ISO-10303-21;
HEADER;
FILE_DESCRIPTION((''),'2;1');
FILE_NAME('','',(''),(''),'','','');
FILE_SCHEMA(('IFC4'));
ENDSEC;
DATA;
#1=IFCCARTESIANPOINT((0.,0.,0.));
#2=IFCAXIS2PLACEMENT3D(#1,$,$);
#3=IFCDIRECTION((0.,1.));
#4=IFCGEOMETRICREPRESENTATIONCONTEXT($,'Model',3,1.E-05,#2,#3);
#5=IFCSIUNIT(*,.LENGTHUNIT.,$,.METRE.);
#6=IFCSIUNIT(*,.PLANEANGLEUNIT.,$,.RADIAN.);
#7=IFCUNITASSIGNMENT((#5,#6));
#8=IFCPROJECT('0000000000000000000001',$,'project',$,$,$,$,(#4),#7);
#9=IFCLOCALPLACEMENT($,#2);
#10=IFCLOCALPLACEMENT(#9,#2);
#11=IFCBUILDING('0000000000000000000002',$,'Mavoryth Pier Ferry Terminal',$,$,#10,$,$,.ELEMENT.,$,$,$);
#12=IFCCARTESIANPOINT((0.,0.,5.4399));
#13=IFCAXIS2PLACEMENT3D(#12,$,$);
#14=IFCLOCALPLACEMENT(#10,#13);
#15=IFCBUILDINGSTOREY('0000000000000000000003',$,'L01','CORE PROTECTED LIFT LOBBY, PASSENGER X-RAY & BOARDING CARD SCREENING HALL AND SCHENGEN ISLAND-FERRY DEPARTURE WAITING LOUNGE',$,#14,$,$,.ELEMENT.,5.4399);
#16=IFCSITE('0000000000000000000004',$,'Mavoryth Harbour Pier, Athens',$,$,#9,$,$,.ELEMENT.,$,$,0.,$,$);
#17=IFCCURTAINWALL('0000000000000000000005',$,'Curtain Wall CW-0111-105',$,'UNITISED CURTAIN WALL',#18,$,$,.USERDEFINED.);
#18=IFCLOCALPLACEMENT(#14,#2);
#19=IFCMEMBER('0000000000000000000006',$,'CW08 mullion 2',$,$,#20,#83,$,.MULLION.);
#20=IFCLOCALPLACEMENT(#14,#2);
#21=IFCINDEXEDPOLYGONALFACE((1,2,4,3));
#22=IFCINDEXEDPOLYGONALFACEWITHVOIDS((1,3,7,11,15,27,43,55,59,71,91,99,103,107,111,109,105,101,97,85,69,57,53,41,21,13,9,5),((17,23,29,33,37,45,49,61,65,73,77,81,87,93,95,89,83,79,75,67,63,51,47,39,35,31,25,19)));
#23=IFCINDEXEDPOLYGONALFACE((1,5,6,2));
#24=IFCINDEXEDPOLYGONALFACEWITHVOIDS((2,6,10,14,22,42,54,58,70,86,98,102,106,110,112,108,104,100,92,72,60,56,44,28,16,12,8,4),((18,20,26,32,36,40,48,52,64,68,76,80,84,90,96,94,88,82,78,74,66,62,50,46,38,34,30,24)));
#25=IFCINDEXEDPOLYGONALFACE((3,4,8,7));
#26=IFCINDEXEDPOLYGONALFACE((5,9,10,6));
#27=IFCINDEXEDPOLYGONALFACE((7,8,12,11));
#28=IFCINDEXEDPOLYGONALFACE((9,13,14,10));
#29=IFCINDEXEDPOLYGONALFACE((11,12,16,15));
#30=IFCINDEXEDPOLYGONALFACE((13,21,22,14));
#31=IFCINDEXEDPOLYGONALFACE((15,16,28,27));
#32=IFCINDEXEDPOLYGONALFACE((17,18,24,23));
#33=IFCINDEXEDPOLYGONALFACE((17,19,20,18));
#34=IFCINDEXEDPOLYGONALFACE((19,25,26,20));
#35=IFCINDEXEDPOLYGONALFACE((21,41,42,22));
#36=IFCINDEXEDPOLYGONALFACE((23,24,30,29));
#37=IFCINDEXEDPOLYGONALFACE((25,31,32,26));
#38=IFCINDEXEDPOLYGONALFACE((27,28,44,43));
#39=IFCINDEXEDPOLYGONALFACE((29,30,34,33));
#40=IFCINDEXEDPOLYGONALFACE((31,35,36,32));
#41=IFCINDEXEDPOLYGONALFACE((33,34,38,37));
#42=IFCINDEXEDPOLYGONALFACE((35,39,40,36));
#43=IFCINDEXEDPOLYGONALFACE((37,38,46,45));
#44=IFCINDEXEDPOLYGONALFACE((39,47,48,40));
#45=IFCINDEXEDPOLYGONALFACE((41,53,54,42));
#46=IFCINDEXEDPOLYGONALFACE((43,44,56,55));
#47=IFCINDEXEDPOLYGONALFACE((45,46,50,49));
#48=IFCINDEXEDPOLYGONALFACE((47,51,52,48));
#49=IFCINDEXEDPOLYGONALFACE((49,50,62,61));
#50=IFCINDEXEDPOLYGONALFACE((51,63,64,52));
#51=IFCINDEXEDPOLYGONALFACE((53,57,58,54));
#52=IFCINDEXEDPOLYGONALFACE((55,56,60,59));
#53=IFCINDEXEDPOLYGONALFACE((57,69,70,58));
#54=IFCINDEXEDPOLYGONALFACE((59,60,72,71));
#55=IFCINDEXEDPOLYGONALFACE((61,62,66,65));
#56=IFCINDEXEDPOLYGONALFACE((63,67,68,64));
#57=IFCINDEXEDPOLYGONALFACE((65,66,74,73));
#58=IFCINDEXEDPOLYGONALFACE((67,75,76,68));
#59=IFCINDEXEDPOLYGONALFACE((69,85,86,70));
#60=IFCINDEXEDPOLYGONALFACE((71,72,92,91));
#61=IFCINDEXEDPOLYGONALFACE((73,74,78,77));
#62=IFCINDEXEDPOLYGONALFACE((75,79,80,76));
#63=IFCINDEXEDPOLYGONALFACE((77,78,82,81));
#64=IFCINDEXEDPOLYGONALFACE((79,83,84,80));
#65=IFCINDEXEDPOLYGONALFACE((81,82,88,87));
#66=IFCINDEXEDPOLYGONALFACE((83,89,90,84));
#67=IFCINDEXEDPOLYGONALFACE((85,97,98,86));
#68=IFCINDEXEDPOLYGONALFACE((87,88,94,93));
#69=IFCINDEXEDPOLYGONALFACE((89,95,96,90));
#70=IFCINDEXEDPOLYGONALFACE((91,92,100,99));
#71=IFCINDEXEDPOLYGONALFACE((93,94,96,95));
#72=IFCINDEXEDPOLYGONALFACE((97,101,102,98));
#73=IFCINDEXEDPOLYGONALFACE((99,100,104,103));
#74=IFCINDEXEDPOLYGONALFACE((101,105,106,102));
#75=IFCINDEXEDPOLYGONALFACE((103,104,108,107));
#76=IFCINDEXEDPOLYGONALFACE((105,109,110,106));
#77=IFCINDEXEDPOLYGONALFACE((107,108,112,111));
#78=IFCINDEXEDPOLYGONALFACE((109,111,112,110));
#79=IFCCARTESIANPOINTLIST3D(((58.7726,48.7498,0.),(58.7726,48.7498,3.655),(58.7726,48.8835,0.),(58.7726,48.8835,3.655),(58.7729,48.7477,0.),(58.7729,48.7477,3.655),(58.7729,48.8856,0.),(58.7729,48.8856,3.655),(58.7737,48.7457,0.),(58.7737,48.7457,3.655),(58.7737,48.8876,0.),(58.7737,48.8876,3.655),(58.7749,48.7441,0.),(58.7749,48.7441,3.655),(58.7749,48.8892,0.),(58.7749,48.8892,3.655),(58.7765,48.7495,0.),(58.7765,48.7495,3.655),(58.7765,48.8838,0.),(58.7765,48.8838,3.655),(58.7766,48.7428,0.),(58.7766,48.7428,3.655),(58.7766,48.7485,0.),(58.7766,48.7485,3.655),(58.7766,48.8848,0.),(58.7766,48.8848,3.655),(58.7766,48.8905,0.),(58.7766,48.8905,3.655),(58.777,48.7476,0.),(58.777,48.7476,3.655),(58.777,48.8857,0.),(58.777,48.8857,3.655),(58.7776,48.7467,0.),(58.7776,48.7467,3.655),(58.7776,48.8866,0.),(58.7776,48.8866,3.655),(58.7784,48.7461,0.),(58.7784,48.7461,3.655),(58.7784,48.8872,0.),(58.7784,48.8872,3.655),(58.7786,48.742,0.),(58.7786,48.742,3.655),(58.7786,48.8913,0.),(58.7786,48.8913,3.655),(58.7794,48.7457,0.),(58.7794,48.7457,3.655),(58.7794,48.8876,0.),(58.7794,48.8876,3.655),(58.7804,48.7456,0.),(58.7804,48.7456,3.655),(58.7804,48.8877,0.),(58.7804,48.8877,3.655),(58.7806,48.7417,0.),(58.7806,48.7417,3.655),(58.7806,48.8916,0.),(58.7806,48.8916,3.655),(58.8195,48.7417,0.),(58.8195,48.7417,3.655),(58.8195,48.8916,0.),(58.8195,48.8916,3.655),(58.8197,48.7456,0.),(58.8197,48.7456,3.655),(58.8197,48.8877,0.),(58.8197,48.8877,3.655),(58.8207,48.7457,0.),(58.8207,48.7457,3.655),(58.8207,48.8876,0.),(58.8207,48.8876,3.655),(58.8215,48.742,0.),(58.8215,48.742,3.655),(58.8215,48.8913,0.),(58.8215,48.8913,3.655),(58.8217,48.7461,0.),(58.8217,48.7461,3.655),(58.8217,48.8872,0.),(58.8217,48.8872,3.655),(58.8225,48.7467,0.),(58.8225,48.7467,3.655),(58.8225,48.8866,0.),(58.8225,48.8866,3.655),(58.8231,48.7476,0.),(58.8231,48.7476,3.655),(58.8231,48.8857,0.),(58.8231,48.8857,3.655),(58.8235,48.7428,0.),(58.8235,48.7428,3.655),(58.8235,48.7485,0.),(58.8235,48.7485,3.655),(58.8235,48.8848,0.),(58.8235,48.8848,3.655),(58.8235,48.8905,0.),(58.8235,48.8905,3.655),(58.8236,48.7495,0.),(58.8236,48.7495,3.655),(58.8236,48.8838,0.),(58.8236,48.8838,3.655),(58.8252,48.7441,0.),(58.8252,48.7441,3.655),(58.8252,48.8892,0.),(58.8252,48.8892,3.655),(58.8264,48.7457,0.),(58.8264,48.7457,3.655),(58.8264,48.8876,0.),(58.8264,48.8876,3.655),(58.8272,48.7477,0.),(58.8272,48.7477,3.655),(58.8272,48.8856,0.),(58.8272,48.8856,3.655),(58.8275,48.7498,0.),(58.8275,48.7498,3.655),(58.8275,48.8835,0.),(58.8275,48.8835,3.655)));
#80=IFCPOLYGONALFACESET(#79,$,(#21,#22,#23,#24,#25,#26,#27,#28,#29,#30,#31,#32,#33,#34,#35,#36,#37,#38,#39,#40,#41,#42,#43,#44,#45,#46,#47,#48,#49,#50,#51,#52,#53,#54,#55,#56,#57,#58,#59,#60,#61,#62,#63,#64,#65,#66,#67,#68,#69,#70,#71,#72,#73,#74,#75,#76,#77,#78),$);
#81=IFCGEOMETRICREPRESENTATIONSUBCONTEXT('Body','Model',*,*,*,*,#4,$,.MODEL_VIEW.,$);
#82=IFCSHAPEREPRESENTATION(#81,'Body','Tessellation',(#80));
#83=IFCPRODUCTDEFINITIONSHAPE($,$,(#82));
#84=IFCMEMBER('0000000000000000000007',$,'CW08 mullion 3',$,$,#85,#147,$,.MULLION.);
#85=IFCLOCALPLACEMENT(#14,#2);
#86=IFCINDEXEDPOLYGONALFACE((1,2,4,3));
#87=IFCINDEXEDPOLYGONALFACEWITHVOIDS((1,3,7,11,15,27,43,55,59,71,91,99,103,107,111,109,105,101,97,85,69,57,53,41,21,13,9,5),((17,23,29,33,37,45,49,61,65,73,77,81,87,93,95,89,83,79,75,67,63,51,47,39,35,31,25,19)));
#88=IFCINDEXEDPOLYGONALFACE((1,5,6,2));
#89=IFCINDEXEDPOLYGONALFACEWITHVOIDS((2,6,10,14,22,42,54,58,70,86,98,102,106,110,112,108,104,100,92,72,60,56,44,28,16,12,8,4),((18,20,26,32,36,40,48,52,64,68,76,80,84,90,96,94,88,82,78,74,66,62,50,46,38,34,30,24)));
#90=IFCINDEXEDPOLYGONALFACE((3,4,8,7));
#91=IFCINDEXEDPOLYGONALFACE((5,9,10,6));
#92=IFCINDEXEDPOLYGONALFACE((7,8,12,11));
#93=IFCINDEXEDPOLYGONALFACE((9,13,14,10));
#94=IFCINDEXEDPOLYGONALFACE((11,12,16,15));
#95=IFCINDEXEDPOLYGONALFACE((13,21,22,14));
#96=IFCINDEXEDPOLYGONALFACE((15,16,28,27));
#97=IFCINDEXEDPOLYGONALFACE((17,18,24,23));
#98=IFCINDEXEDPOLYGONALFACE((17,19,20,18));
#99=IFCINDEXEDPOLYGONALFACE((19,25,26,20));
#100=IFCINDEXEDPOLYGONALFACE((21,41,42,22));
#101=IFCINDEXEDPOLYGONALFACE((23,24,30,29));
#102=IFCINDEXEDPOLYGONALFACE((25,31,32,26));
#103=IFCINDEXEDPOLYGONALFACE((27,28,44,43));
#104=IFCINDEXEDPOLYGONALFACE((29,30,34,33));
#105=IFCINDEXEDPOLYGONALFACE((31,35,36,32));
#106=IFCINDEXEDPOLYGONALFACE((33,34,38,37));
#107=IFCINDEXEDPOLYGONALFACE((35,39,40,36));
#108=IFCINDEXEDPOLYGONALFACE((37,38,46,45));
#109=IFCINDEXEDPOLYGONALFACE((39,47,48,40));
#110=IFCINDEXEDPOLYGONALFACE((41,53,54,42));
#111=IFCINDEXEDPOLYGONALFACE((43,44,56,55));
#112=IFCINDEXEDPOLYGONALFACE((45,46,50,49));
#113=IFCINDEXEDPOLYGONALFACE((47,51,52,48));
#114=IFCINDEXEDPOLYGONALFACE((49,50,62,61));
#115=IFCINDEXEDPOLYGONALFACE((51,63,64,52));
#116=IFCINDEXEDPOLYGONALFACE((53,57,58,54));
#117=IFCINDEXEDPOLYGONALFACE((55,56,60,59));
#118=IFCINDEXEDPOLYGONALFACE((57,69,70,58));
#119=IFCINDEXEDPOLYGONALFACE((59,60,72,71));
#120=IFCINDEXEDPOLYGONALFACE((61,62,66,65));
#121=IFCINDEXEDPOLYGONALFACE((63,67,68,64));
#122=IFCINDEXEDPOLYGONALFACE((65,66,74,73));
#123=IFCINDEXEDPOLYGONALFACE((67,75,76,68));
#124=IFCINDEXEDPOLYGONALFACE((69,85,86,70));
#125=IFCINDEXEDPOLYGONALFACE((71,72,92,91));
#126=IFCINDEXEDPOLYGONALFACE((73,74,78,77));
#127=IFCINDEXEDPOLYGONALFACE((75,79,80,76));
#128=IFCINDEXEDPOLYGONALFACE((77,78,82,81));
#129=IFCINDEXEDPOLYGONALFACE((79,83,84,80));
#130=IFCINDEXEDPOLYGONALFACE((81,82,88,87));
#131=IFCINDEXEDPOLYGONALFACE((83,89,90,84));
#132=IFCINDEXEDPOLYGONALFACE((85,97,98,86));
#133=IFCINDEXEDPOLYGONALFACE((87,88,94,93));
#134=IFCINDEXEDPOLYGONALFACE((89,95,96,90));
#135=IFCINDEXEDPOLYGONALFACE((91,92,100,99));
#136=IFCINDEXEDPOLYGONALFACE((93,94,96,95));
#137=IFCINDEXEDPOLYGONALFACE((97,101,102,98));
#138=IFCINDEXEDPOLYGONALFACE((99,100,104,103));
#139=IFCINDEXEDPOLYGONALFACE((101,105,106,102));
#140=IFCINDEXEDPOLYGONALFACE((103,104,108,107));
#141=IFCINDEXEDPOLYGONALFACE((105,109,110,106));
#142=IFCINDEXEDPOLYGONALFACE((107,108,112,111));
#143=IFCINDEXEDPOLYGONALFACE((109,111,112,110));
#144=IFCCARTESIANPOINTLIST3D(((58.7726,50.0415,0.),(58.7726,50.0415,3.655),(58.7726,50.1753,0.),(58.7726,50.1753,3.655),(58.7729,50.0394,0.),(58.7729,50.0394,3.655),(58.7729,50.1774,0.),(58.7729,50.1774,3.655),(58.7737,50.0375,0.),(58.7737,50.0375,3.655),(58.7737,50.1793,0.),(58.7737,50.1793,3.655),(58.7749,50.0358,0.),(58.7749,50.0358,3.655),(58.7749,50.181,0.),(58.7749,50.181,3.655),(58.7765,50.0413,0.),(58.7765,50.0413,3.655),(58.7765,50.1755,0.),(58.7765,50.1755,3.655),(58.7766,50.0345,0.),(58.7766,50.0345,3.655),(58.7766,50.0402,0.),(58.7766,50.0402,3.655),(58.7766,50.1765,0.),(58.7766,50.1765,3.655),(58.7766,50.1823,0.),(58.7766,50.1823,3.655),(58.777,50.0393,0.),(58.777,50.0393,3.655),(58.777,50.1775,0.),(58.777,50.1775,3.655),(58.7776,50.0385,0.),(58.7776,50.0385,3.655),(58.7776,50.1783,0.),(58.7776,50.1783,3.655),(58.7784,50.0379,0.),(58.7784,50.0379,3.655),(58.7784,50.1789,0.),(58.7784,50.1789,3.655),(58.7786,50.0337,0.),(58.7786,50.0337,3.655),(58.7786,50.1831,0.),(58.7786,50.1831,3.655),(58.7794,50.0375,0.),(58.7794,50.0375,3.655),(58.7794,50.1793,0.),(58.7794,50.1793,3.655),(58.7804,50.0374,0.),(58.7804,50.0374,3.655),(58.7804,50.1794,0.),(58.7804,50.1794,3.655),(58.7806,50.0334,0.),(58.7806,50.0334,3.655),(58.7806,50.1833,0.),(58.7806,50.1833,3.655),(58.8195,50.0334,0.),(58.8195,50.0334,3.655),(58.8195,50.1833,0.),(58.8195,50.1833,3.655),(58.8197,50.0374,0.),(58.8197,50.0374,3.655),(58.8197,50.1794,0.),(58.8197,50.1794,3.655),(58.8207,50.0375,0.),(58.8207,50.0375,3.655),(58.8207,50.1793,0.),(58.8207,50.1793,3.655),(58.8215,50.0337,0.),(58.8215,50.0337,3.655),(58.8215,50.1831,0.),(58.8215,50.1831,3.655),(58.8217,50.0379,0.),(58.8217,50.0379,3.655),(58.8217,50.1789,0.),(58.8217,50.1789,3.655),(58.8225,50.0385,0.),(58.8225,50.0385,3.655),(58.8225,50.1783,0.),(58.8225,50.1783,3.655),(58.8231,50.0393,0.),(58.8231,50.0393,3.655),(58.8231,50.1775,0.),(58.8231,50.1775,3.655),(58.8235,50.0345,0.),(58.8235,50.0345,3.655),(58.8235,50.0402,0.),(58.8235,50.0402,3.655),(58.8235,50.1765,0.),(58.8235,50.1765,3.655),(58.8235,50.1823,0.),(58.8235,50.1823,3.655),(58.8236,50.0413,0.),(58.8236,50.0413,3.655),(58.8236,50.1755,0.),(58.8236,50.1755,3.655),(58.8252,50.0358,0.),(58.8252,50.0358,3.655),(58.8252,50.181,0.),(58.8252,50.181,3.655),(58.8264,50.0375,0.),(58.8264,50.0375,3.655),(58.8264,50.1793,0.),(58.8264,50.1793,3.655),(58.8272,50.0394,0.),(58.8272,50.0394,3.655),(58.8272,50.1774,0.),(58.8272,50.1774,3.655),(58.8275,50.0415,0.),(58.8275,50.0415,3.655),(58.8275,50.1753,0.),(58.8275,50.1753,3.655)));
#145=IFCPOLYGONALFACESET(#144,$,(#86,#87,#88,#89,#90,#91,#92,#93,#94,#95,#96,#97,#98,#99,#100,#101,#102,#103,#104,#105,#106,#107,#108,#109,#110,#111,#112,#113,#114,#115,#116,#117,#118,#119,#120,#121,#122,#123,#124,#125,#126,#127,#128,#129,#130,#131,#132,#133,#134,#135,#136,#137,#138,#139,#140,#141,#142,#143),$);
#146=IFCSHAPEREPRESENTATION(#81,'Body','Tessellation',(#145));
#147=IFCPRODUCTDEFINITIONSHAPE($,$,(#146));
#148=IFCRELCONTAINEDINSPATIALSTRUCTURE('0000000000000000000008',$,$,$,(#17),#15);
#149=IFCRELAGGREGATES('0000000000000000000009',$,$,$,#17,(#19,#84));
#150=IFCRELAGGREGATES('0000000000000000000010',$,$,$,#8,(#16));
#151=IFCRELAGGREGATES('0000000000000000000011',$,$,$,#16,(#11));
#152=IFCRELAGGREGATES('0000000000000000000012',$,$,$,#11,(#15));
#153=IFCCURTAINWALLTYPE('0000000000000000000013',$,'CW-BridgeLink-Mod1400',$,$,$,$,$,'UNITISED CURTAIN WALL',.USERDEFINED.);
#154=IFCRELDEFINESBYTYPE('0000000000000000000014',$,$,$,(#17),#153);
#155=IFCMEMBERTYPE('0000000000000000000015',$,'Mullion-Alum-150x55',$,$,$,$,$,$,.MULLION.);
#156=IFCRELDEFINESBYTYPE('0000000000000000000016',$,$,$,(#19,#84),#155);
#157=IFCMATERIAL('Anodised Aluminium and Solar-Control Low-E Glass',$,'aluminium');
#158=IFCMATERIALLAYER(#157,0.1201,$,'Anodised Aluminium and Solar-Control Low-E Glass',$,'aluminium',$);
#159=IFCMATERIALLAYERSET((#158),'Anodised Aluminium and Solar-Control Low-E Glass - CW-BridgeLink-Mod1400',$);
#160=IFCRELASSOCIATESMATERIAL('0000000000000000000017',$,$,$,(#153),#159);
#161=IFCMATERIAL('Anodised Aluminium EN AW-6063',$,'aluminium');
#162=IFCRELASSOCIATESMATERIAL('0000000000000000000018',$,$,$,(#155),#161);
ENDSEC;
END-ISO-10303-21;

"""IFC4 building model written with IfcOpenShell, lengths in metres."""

from ifc_helpers import new_model, si_unit, direction, frame, origin, origin_2d, place, context, subcontext, project, spatial, hollow_rectangle, extrude, material, layer, layer_set, material_profile, profile_set, type_object, element, aggregate, save


model = new_model("IFC4")

# Units and contexts
model_context = context("Model", 3, precision=1e-05, world=origin(), true_north=direction((0.0, 1.0)))
body_context = subcontext(model_context, "Body", "Model", "MODEL_VIEW")
ifc_project = project(units=[si_unit("LENGTHUNIT", "METRE"), si_unit("PLANEANGLEUNIT", "RADIAN")], contexts=[model_context])

# Site, building, storey
site_placement = place(None, origin())
site = spatial("IfcSite", under=ifc_project, at=site_placement, Name="Mavoryth Harbour Pier, Athens", CompositionType="ELEMENT", RefElevation=0.0)
building_placement = place(site_placement, origin())
building = spatial("IfcBuilding", under=site, at=building_placement, Name="Mavoryth Pier Ferry Terminal", CompositionType="ELEMENT")
storey_placement = place(building_placement, frame((0.0, 0.0, 5.4399)))
storey = spatial("IfcBuildingStorey", under=building, at=storey_placement, Name="L01", Description="CORE PROTECTED LIFT LOBBY, PASSENGER X-RAY & BOARDING CARD SCREENING HALL AND SCHENGEN ISLAND-FERRY DEPARTURE WAITING LOUNGE", CompositionType="ELEMENT", Elevation=5.4399)

# Curtain wall, members
ifc_material_1 = material(Name="Anodised Aluminium and Solar-Control Low-E Glass", Category="aluminium")
ifc_layer_1 = layer(ifc_material_1, 0.1201, Name="Anodised Aluminium and Solar-Control Low-E Glass", Category="aluminium")
ifc_layer_set_1 = layer_set([ifc_layer_1], Name="Anodised Aluminium and Solar-Control Low-E Glass - CW-BridgeLink-Mod1400")
curtain_wall_type = type_object("IfcCurtainWallType", Name="CW-BridgeLink-Mod1400", ElementType="UNITISED CURTAIN WALL", PredefinedType="USERDEFINED", material=ifc_layer_set_1)
curtain_wall_placement = place(storey_placement, origin())
curtain_wall = element("IfcCurtainWall", 1, at=curtain_wall_placement, inside=storey, type_object=curtain_wall_type, Name="Curtain Wall CW-0111-105", ObjectType="UNITISED CURTAIN WALL", PredefinedType="USERDEFINED")
ifc_material_2 = material(Name="Anodised Aluminium EN AW-6063", Category="aluminium")
ifc_material_profile_1 = material_profile(ifc_material_2, hollow_rectangle(XDim=0.0549, YDim=0.1499, WallThickness=0.0039, InnerFilletRadius=0.0039, OuterFilletRadius=0.0081, at=origin_2d()), Name="AL-MULL 150x55x4", Category="aluminium")
ifc_profile_set_1 = profile_set([ifc_material_profile_1], Name="Anodised Aluminium EN AW-6063 - AL-MULL 150x55x4")
member_type_1 = type_object("IfcMemberType", Name="Mullion-Alum-150x55", PredefinedType="MULLION", material=ifc_profile_set_1)
member_1_placement = place(storey_placement, frame((58.8, 48.8167, 0.0), z_axis=(0.0, 0.0, 1.0), x_axis=(-1.0, 0.0, 0.0)))
member_1 = element("IfcMember", 2, at=member_1_placement, type_object=member_type_1, Name="CW08 mullion 2", PredefinedType="MULLION", context=body_context, shape_type="SweptSolid", body=[
    extrude(hollow_rectangle(XDim=0.0549, YDim=0.1499, WallThickness=0.0039, InnerFilletRadius=0.0039, OuterFilletRadius=0.0081, at=origin_2d()), origin(), (0.0, 0.0, 1.0), 3.655),
])
member_2_placement = place(storey_placement, frame((58.8, 50.1084, 0.0), z_axis=(0.0, 0.0, 1.0), x_axis=(-1.0, 0.0, 0.0)))
member_2 = element("IfcMember", 3, at=member_2_placement, type_object=member_type_1, Name="CW08 mullion 3", PredefinedType="MULLION", context=body_context, shape_type="SweptSolid", body=[
    extrude(hollow_rectangle(XDim=0.0549, YDim=0.1499, WallThickness=0.0039, InnerFilletRadius=0.0039, OuterFilletRadius=0.0081, at=origin_2d()), origin(), (0.0, 0.0, 1.0), 3.655),
])
aggregate(curtain_wall, [member_1, member_2])

save(model, "model.ifc")
